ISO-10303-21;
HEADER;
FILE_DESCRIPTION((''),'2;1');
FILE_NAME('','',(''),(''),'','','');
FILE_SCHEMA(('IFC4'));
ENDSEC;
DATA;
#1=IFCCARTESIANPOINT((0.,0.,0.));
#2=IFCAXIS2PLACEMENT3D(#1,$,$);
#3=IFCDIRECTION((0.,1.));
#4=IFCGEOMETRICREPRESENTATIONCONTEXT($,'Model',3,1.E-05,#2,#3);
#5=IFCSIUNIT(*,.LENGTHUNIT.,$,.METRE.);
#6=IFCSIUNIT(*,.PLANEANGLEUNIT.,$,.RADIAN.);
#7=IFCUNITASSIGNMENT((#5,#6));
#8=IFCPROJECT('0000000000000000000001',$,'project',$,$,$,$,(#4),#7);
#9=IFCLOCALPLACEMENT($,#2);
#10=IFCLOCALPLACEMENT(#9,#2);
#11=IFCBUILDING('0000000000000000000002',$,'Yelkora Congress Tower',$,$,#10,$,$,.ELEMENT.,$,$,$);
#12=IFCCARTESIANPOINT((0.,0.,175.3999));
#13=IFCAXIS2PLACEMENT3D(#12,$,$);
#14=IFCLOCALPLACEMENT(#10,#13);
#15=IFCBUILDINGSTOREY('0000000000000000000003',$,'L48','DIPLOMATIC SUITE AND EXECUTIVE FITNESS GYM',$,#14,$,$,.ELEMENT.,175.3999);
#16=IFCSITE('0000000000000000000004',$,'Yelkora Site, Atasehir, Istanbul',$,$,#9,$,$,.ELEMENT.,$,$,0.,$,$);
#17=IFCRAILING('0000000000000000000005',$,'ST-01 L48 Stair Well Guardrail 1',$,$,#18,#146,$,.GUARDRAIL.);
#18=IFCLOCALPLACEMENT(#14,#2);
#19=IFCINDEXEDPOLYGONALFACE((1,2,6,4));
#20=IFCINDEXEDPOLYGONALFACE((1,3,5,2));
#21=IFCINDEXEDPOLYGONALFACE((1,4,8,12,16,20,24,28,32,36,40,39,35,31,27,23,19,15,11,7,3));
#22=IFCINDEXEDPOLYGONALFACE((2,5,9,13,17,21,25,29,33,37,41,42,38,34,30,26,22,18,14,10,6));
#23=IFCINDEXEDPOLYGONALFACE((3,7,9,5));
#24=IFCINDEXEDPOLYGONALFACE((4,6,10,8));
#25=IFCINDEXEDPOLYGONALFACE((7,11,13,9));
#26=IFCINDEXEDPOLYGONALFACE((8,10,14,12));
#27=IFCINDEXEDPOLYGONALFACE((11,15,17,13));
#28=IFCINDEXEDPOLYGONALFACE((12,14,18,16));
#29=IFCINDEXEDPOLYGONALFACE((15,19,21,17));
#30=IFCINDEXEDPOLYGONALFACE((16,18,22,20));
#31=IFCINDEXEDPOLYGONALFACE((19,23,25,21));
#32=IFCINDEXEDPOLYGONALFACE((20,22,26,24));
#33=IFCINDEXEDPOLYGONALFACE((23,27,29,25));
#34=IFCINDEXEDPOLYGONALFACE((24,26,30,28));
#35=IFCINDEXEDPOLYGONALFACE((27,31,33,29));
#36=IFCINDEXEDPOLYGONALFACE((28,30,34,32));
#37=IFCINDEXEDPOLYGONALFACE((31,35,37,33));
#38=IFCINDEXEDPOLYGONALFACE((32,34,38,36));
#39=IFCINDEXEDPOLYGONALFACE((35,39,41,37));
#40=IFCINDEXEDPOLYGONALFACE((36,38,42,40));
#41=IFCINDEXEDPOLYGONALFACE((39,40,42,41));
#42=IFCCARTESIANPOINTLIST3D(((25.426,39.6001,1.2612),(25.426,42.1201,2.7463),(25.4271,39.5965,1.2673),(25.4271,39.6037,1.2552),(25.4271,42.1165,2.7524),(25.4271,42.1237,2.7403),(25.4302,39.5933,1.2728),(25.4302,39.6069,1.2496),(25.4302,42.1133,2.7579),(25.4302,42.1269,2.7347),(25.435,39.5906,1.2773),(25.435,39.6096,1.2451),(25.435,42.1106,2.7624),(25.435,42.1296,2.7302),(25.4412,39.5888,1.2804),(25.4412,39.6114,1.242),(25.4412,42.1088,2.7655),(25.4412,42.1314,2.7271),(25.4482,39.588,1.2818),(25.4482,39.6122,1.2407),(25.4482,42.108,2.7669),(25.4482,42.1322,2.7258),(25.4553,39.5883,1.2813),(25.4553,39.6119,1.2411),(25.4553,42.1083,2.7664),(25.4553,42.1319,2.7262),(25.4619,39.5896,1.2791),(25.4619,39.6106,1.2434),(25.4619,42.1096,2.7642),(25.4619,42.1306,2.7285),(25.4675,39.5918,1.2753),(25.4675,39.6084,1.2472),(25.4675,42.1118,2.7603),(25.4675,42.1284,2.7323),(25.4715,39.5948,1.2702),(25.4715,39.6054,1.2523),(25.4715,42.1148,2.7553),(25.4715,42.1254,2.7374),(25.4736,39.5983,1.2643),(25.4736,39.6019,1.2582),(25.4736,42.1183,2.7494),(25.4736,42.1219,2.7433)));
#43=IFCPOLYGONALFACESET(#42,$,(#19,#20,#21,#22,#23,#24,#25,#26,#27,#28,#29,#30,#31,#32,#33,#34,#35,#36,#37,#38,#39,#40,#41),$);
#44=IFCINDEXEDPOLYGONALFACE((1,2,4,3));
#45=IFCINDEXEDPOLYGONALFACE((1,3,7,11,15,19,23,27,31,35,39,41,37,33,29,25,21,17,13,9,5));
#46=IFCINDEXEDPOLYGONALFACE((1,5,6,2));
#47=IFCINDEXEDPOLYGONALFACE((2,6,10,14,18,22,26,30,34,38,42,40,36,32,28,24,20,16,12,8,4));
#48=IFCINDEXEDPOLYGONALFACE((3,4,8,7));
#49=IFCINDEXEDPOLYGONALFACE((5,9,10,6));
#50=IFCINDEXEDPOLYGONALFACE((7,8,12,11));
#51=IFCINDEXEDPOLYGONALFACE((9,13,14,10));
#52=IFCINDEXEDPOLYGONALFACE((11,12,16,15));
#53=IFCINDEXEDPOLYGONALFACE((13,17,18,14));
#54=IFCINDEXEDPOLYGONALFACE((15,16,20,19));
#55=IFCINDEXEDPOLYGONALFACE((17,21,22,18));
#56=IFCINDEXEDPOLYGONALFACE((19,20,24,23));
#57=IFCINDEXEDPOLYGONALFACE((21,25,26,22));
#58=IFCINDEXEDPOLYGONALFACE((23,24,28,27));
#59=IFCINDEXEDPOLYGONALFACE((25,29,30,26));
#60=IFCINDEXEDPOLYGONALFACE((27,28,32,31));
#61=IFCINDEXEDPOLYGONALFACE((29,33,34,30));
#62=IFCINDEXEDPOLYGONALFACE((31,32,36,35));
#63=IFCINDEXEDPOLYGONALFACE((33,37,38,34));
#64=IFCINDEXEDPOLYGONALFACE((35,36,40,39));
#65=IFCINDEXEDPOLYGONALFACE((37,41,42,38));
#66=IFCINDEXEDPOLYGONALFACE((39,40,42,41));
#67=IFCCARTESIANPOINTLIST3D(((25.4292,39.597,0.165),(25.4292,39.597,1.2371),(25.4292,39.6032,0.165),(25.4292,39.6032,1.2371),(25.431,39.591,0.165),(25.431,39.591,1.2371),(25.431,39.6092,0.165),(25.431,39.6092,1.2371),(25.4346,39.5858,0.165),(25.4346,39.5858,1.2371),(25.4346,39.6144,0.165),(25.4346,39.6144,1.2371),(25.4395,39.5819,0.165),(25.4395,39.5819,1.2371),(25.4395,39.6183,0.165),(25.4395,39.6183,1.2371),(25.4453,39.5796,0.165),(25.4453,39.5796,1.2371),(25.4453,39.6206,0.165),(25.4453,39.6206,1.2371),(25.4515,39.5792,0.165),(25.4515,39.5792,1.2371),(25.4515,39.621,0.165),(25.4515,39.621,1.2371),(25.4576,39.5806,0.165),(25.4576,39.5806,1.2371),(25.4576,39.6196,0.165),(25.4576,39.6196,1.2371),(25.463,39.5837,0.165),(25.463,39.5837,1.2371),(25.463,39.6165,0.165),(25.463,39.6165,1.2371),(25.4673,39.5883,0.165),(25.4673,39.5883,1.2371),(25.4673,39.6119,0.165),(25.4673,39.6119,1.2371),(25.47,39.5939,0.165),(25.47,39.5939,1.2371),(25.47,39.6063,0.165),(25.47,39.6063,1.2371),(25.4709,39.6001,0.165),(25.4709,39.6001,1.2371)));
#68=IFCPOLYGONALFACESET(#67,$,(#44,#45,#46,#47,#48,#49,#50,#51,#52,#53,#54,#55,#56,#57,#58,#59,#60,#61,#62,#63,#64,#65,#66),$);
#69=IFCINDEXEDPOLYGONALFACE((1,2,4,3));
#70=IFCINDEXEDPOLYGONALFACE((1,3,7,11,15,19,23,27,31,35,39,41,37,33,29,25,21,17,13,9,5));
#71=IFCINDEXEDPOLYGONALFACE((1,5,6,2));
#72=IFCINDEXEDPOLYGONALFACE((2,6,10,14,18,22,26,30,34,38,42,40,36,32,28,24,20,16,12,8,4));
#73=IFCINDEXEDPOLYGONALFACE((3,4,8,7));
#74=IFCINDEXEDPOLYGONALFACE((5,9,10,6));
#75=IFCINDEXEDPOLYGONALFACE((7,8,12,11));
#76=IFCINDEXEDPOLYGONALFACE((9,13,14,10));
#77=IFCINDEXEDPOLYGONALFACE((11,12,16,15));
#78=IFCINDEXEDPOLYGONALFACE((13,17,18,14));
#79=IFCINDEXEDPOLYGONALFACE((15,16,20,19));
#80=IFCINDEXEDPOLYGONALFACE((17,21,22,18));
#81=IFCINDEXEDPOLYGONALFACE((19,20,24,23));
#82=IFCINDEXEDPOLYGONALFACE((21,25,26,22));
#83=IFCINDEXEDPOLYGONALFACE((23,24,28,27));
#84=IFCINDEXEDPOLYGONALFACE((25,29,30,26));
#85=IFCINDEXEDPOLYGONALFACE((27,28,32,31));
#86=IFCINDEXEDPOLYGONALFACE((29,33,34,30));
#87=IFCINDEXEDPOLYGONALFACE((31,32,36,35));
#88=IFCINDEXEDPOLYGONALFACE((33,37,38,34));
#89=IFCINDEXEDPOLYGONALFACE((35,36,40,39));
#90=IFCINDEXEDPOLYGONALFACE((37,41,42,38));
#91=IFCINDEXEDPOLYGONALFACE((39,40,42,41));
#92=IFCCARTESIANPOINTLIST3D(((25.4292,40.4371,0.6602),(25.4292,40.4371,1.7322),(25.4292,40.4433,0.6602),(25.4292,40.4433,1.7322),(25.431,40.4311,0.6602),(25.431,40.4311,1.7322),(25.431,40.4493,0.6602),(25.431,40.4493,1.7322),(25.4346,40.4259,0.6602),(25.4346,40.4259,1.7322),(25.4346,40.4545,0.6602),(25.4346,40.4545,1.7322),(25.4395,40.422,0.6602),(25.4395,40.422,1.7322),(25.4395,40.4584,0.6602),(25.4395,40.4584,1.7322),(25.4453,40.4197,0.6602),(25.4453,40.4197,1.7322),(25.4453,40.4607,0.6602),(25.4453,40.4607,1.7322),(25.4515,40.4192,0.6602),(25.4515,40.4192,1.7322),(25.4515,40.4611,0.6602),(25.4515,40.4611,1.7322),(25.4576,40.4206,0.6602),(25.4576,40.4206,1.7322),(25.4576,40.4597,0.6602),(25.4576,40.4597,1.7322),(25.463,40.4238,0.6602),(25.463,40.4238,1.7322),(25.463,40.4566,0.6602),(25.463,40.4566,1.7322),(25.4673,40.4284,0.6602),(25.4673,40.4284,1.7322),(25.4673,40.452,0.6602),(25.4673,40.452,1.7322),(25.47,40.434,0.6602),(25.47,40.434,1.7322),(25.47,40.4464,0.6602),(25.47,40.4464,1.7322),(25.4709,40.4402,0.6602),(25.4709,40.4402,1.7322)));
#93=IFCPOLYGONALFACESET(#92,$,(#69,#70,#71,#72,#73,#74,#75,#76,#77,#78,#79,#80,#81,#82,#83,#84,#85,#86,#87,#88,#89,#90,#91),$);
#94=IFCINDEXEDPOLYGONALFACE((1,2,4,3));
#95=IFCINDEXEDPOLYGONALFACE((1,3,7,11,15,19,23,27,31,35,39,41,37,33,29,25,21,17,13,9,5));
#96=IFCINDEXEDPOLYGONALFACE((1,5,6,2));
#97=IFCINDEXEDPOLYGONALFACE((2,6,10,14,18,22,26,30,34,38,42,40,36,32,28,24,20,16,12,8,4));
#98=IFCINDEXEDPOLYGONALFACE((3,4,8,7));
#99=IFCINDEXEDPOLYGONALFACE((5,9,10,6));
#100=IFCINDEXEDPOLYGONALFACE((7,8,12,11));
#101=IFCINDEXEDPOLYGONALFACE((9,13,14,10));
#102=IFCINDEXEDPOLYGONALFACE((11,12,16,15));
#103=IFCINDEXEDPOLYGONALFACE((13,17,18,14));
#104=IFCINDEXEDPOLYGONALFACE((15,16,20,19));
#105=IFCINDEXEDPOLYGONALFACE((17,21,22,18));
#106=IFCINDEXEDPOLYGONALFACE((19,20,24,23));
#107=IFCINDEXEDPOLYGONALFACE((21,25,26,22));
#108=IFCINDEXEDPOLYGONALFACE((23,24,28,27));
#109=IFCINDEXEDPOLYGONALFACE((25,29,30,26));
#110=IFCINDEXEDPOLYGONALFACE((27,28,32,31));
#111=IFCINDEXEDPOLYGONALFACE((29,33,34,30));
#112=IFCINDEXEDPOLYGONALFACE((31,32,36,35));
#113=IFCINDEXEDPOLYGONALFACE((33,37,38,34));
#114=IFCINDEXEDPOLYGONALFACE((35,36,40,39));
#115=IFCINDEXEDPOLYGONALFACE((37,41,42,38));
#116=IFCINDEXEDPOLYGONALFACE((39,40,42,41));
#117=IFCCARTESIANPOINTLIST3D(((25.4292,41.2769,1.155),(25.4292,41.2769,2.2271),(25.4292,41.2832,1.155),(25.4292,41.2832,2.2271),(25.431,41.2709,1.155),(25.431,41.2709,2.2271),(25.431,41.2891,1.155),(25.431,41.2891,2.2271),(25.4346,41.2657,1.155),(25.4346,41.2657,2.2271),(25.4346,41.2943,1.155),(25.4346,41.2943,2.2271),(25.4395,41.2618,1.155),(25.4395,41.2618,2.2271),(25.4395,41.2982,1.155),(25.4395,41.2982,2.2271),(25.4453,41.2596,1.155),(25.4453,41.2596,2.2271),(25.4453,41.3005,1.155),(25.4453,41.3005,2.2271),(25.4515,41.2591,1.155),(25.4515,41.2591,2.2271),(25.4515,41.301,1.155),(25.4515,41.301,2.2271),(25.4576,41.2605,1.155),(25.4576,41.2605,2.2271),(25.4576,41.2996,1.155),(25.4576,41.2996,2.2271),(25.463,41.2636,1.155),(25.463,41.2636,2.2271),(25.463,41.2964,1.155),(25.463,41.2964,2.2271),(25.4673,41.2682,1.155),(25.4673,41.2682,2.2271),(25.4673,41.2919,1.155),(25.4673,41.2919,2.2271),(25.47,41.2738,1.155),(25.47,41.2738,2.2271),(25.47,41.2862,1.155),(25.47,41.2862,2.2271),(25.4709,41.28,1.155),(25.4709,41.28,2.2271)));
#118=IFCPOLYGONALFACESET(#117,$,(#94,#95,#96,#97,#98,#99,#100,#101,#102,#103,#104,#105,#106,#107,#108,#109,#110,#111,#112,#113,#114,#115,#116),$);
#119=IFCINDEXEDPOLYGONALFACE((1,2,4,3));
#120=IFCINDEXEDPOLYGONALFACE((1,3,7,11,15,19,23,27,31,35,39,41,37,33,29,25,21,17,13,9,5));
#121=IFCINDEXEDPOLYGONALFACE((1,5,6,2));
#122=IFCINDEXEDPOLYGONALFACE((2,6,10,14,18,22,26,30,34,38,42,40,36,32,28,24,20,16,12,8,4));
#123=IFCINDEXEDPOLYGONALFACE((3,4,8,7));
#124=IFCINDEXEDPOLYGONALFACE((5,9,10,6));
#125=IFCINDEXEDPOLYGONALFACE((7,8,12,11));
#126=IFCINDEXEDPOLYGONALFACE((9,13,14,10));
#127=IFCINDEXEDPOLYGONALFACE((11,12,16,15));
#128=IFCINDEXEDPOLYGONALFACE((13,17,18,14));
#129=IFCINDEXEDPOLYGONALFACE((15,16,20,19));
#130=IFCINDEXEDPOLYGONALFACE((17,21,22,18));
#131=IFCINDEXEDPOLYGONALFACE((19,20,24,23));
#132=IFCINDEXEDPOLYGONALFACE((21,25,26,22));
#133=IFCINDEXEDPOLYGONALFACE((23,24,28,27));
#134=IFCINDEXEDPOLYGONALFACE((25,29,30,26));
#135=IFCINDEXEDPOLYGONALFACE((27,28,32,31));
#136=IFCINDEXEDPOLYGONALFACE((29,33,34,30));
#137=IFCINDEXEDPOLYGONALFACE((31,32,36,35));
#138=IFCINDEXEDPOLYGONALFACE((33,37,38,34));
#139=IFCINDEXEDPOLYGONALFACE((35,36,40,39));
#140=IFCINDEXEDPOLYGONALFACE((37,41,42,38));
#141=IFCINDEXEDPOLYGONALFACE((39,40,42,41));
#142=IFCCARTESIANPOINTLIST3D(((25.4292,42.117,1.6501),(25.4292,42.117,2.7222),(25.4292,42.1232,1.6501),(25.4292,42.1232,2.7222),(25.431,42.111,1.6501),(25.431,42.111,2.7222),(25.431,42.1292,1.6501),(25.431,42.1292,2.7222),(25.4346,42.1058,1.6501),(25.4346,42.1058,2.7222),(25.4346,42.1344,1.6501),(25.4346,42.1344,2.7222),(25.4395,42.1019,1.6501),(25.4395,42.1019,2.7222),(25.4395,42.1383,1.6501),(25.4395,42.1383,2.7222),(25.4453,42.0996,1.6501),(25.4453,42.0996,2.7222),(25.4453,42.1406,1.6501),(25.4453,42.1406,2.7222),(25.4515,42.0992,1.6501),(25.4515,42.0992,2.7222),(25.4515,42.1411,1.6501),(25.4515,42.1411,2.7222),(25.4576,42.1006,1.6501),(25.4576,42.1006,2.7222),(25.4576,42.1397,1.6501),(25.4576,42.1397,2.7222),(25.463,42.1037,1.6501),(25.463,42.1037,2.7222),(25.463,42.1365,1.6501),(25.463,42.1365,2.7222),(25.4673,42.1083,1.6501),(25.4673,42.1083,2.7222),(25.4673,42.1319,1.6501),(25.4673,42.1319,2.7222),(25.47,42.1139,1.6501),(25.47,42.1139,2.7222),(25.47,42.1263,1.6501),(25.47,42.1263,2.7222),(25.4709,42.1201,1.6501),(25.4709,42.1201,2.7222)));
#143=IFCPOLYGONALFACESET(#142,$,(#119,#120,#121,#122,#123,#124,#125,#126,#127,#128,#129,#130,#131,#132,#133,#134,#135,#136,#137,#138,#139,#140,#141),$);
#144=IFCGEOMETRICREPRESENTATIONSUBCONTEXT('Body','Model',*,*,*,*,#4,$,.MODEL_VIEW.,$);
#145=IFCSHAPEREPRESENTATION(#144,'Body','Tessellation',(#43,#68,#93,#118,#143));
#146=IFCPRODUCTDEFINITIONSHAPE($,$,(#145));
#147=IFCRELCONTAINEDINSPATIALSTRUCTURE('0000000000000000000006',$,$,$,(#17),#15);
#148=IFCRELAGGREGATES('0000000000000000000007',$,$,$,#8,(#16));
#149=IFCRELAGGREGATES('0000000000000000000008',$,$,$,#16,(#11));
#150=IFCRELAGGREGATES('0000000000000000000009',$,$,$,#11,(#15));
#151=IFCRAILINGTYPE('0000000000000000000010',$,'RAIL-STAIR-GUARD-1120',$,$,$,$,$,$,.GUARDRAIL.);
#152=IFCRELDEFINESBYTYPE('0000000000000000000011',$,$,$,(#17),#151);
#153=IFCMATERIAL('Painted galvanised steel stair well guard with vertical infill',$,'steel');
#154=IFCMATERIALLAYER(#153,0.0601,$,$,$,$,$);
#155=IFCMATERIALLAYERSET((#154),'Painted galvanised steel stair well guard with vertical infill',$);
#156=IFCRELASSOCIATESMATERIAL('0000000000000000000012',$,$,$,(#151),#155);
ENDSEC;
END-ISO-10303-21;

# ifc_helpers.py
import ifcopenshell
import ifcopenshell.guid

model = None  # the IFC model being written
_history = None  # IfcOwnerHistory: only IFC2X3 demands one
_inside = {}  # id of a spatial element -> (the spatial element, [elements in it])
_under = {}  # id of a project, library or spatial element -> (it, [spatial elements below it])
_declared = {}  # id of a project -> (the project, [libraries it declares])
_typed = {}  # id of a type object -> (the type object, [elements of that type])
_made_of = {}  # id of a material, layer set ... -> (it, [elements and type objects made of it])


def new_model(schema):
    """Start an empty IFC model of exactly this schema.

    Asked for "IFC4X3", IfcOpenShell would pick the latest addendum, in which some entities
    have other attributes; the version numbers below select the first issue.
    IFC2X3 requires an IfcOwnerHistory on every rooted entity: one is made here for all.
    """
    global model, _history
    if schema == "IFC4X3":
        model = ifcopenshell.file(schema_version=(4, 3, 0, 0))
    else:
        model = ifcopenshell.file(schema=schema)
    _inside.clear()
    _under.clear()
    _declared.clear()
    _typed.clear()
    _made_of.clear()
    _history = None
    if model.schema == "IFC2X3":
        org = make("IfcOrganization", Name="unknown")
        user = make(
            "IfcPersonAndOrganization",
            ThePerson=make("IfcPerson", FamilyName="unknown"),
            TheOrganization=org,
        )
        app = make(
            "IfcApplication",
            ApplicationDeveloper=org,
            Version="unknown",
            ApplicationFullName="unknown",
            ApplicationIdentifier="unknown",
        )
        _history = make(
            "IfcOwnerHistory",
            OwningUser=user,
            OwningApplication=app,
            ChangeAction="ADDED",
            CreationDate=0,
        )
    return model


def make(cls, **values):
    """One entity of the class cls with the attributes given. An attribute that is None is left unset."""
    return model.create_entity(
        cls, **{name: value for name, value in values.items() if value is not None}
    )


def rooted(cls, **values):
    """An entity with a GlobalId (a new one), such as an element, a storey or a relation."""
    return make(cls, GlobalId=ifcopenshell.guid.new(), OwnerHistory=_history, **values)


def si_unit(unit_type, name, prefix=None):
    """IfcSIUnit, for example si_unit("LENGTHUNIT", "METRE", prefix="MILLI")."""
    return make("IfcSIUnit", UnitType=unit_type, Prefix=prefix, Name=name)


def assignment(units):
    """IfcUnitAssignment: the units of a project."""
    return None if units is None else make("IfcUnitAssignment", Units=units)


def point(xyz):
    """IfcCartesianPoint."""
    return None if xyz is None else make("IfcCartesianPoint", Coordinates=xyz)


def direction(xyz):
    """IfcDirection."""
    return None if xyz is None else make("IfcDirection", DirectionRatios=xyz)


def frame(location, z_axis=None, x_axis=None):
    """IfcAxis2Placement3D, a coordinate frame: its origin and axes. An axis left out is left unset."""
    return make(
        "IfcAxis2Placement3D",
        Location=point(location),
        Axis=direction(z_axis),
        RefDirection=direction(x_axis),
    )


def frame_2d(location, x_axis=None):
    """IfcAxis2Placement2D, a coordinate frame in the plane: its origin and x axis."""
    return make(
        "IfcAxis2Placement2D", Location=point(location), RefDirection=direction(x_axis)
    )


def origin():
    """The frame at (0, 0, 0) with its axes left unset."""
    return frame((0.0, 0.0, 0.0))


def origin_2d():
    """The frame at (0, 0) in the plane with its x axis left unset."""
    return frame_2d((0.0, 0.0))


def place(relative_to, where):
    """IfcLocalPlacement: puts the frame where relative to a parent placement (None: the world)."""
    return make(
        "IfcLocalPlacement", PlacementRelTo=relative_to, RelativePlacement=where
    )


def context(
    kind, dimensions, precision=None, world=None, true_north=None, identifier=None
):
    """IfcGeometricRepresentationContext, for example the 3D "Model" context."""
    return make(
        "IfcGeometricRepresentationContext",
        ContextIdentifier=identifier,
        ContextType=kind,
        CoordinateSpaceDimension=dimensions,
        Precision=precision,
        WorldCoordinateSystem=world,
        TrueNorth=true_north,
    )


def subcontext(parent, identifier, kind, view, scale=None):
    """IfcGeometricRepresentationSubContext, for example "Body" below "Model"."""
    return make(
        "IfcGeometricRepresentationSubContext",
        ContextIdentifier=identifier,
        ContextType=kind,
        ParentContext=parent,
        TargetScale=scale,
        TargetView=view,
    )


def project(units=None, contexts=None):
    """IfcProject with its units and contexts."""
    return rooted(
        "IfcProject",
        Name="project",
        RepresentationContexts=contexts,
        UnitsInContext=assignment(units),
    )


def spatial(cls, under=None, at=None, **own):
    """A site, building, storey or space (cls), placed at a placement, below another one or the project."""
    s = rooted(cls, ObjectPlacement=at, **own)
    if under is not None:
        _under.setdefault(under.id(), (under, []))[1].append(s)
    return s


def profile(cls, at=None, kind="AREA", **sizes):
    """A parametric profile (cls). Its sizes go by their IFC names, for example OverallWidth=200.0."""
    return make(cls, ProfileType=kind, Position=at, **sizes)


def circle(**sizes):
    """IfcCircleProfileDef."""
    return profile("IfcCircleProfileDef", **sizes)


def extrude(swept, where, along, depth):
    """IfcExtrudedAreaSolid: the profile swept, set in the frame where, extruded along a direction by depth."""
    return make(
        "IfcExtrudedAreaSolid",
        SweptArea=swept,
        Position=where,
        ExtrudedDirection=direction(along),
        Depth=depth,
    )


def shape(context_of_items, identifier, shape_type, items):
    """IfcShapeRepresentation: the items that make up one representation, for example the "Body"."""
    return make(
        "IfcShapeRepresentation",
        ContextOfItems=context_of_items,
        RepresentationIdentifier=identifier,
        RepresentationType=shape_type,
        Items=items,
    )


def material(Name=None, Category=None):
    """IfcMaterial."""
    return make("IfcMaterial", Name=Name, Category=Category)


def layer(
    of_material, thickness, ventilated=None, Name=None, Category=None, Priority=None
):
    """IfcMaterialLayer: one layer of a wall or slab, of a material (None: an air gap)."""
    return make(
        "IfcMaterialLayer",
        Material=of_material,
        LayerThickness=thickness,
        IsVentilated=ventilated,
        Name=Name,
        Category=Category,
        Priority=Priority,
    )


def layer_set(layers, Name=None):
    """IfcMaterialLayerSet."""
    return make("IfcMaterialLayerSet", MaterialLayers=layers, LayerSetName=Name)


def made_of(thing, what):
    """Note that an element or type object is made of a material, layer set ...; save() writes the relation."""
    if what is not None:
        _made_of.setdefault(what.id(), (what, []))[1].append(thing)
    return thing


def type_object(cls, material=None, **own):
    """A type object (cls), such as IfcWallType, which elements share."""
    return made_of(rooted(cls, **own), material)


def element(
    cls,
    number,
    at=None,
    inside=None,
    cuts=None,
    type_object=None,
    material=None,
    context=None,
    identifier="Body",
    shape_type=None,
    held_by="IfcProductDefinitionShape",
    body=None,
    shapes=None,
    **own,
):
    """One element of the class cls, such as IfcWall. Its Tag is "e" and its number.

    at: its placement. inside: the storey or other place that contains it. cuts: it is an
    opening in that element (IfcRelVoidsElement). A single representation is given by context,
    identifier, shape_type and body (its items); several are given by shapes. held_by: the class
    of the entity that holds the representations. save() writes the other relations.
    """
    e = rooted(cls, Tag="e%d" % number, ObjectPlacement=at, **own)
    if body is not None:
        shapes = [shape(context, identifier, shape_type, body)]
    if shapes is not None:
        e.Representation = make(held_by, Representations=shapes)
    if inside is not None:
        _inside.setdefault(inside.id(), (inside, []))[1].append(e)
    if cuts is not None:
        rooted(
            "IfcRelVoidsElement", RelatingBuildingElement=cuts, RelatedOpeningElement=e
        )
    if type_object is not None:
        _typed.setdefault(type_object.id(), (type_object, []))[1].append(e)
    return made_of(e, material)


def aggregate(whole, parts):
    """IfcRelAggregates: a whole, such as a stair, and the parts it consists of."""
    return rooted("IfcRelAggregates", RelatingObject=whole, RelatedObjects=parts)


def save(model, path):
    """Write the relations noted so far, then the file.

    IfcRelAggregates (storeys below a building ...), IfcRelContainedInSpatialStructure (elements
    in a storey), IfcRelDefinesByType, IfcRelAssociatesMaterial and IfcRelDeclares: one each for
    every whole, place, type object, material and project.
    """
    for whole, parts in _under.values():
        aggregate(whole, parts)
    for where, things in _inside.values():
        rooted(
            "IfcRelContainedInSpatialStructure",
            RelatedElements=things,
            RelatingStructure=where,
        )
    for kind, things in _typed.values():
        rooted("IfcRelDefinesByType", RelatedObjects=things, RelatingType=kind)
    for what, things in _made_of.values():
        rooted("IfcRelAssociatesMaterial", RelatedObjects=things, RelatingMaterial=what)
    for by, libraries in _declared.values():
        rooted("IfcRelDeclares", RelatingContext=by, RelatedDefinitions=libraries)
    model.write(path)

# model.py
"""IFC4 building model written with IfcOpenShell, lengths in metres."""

from ifc_helpers import new_model, si_unit, direction, frame, origin, origin_2d, place, context, subcontext, project, spatial, circle, extrude, material, layer, layer_set, type_object, element, save


model = new_model("IFC4")

# Units and contexts
model_context = context("Model", 3, precision=1e-05, world=origin(), true_north=direction((0.0, 1.0)))
body_context = subcontext(model_context, "Body", "Model", "MODEL_VIEW")
ifc_project = project(units=[si_unit("LENGTHUNIT", "METRE"), si_unit("PLANEANGLEUNIT", "RADIAN")], contexts=[model_context])

# Site, building, storey
site_placement = place(None, origin())
site = spatial("IfcSite", under=ifc_project, at=site_placement, Name="Yelkora Site, Atasehir, Istanbul", CompositionType="ELEMENT", RefElevation=0.0)
building_placement = place(site_placement, origin())
building = spatial("IfcBuilding", under=site, at=building_placement, Name="Yelkora Congress Tower", CompositionType="ELEMENT")
storey_placement = place(building_placement, frame((0.0, 0.0, 175.3999)))
storey = spatial("IfcBuildingStorey", under=building, at=storey_placement, Name="L48", Description="DIPLOMATIC SUITE AND EXECUTIVE FITNESS GYM", CompositionType="ELEMENT", Elevation=175.3999)

# Railing
ifc_material_1 = material(Name="Painted galvanised steel stair well guard with vertical infill", Category="steel")
ifc_layer_1 = layer(ifc_material_1, 0.0601)
ifc_layer_set_1 = layer_set([ifc_layer_1], Name="Painted galvanised steel stair well guard with vertical infill")
railing_type_1 = type_object("IfcRailingType", Name="RAIL-STAIR-GUARD-1120", PredefinedType="GUARDRAIL", material=ifc_layer_set_1)
railing_1_placement = place(storey_placement, frame((25.45, 39.6001, 0.165)))
element("IfcRailing", 1, at=railing_1_placement, inside=storey, type_object=railing_type_1, Name="ST-01 L48 Stair Well Guardrail 1", PredefinedType="GUARDRAIL", context=body_context, shape_type="SweptSolid", body=[
    extrude(circle(Radius=0.0239, at=origin_2d()), frame((0.0, 0.0, 1.0962), z_axis=(0.0, 0.861524, 0.507717), x_axis=(-1.0, 0.0, 0.0)), (0.0, 0.0, 1.0), 2.925),
    extrude(circle(Radius=0.021, at=origin_2d()), origin(), (0.0, 0.0, 1.0), 1.072),
    extrude(circle(Radius=0.021, at=origin_2d()), frame((0.0, 0.8401, 0.4951)), (0.0, 0.0, 1.0), 1.072),
    extrude(circle(Radius=0.021, at=origin_2d()), frame((0.0, 1.6799, 0.99)), (0.0, 0.0, 1.0), 1.072),
    extrude(circle(Radius=0.021, at=origin_2d()), frame((0.0, 2.52, 1.4851)), (0.0, 0.0, 1.0), 1.072),
])

save(model, "model.ifc")
